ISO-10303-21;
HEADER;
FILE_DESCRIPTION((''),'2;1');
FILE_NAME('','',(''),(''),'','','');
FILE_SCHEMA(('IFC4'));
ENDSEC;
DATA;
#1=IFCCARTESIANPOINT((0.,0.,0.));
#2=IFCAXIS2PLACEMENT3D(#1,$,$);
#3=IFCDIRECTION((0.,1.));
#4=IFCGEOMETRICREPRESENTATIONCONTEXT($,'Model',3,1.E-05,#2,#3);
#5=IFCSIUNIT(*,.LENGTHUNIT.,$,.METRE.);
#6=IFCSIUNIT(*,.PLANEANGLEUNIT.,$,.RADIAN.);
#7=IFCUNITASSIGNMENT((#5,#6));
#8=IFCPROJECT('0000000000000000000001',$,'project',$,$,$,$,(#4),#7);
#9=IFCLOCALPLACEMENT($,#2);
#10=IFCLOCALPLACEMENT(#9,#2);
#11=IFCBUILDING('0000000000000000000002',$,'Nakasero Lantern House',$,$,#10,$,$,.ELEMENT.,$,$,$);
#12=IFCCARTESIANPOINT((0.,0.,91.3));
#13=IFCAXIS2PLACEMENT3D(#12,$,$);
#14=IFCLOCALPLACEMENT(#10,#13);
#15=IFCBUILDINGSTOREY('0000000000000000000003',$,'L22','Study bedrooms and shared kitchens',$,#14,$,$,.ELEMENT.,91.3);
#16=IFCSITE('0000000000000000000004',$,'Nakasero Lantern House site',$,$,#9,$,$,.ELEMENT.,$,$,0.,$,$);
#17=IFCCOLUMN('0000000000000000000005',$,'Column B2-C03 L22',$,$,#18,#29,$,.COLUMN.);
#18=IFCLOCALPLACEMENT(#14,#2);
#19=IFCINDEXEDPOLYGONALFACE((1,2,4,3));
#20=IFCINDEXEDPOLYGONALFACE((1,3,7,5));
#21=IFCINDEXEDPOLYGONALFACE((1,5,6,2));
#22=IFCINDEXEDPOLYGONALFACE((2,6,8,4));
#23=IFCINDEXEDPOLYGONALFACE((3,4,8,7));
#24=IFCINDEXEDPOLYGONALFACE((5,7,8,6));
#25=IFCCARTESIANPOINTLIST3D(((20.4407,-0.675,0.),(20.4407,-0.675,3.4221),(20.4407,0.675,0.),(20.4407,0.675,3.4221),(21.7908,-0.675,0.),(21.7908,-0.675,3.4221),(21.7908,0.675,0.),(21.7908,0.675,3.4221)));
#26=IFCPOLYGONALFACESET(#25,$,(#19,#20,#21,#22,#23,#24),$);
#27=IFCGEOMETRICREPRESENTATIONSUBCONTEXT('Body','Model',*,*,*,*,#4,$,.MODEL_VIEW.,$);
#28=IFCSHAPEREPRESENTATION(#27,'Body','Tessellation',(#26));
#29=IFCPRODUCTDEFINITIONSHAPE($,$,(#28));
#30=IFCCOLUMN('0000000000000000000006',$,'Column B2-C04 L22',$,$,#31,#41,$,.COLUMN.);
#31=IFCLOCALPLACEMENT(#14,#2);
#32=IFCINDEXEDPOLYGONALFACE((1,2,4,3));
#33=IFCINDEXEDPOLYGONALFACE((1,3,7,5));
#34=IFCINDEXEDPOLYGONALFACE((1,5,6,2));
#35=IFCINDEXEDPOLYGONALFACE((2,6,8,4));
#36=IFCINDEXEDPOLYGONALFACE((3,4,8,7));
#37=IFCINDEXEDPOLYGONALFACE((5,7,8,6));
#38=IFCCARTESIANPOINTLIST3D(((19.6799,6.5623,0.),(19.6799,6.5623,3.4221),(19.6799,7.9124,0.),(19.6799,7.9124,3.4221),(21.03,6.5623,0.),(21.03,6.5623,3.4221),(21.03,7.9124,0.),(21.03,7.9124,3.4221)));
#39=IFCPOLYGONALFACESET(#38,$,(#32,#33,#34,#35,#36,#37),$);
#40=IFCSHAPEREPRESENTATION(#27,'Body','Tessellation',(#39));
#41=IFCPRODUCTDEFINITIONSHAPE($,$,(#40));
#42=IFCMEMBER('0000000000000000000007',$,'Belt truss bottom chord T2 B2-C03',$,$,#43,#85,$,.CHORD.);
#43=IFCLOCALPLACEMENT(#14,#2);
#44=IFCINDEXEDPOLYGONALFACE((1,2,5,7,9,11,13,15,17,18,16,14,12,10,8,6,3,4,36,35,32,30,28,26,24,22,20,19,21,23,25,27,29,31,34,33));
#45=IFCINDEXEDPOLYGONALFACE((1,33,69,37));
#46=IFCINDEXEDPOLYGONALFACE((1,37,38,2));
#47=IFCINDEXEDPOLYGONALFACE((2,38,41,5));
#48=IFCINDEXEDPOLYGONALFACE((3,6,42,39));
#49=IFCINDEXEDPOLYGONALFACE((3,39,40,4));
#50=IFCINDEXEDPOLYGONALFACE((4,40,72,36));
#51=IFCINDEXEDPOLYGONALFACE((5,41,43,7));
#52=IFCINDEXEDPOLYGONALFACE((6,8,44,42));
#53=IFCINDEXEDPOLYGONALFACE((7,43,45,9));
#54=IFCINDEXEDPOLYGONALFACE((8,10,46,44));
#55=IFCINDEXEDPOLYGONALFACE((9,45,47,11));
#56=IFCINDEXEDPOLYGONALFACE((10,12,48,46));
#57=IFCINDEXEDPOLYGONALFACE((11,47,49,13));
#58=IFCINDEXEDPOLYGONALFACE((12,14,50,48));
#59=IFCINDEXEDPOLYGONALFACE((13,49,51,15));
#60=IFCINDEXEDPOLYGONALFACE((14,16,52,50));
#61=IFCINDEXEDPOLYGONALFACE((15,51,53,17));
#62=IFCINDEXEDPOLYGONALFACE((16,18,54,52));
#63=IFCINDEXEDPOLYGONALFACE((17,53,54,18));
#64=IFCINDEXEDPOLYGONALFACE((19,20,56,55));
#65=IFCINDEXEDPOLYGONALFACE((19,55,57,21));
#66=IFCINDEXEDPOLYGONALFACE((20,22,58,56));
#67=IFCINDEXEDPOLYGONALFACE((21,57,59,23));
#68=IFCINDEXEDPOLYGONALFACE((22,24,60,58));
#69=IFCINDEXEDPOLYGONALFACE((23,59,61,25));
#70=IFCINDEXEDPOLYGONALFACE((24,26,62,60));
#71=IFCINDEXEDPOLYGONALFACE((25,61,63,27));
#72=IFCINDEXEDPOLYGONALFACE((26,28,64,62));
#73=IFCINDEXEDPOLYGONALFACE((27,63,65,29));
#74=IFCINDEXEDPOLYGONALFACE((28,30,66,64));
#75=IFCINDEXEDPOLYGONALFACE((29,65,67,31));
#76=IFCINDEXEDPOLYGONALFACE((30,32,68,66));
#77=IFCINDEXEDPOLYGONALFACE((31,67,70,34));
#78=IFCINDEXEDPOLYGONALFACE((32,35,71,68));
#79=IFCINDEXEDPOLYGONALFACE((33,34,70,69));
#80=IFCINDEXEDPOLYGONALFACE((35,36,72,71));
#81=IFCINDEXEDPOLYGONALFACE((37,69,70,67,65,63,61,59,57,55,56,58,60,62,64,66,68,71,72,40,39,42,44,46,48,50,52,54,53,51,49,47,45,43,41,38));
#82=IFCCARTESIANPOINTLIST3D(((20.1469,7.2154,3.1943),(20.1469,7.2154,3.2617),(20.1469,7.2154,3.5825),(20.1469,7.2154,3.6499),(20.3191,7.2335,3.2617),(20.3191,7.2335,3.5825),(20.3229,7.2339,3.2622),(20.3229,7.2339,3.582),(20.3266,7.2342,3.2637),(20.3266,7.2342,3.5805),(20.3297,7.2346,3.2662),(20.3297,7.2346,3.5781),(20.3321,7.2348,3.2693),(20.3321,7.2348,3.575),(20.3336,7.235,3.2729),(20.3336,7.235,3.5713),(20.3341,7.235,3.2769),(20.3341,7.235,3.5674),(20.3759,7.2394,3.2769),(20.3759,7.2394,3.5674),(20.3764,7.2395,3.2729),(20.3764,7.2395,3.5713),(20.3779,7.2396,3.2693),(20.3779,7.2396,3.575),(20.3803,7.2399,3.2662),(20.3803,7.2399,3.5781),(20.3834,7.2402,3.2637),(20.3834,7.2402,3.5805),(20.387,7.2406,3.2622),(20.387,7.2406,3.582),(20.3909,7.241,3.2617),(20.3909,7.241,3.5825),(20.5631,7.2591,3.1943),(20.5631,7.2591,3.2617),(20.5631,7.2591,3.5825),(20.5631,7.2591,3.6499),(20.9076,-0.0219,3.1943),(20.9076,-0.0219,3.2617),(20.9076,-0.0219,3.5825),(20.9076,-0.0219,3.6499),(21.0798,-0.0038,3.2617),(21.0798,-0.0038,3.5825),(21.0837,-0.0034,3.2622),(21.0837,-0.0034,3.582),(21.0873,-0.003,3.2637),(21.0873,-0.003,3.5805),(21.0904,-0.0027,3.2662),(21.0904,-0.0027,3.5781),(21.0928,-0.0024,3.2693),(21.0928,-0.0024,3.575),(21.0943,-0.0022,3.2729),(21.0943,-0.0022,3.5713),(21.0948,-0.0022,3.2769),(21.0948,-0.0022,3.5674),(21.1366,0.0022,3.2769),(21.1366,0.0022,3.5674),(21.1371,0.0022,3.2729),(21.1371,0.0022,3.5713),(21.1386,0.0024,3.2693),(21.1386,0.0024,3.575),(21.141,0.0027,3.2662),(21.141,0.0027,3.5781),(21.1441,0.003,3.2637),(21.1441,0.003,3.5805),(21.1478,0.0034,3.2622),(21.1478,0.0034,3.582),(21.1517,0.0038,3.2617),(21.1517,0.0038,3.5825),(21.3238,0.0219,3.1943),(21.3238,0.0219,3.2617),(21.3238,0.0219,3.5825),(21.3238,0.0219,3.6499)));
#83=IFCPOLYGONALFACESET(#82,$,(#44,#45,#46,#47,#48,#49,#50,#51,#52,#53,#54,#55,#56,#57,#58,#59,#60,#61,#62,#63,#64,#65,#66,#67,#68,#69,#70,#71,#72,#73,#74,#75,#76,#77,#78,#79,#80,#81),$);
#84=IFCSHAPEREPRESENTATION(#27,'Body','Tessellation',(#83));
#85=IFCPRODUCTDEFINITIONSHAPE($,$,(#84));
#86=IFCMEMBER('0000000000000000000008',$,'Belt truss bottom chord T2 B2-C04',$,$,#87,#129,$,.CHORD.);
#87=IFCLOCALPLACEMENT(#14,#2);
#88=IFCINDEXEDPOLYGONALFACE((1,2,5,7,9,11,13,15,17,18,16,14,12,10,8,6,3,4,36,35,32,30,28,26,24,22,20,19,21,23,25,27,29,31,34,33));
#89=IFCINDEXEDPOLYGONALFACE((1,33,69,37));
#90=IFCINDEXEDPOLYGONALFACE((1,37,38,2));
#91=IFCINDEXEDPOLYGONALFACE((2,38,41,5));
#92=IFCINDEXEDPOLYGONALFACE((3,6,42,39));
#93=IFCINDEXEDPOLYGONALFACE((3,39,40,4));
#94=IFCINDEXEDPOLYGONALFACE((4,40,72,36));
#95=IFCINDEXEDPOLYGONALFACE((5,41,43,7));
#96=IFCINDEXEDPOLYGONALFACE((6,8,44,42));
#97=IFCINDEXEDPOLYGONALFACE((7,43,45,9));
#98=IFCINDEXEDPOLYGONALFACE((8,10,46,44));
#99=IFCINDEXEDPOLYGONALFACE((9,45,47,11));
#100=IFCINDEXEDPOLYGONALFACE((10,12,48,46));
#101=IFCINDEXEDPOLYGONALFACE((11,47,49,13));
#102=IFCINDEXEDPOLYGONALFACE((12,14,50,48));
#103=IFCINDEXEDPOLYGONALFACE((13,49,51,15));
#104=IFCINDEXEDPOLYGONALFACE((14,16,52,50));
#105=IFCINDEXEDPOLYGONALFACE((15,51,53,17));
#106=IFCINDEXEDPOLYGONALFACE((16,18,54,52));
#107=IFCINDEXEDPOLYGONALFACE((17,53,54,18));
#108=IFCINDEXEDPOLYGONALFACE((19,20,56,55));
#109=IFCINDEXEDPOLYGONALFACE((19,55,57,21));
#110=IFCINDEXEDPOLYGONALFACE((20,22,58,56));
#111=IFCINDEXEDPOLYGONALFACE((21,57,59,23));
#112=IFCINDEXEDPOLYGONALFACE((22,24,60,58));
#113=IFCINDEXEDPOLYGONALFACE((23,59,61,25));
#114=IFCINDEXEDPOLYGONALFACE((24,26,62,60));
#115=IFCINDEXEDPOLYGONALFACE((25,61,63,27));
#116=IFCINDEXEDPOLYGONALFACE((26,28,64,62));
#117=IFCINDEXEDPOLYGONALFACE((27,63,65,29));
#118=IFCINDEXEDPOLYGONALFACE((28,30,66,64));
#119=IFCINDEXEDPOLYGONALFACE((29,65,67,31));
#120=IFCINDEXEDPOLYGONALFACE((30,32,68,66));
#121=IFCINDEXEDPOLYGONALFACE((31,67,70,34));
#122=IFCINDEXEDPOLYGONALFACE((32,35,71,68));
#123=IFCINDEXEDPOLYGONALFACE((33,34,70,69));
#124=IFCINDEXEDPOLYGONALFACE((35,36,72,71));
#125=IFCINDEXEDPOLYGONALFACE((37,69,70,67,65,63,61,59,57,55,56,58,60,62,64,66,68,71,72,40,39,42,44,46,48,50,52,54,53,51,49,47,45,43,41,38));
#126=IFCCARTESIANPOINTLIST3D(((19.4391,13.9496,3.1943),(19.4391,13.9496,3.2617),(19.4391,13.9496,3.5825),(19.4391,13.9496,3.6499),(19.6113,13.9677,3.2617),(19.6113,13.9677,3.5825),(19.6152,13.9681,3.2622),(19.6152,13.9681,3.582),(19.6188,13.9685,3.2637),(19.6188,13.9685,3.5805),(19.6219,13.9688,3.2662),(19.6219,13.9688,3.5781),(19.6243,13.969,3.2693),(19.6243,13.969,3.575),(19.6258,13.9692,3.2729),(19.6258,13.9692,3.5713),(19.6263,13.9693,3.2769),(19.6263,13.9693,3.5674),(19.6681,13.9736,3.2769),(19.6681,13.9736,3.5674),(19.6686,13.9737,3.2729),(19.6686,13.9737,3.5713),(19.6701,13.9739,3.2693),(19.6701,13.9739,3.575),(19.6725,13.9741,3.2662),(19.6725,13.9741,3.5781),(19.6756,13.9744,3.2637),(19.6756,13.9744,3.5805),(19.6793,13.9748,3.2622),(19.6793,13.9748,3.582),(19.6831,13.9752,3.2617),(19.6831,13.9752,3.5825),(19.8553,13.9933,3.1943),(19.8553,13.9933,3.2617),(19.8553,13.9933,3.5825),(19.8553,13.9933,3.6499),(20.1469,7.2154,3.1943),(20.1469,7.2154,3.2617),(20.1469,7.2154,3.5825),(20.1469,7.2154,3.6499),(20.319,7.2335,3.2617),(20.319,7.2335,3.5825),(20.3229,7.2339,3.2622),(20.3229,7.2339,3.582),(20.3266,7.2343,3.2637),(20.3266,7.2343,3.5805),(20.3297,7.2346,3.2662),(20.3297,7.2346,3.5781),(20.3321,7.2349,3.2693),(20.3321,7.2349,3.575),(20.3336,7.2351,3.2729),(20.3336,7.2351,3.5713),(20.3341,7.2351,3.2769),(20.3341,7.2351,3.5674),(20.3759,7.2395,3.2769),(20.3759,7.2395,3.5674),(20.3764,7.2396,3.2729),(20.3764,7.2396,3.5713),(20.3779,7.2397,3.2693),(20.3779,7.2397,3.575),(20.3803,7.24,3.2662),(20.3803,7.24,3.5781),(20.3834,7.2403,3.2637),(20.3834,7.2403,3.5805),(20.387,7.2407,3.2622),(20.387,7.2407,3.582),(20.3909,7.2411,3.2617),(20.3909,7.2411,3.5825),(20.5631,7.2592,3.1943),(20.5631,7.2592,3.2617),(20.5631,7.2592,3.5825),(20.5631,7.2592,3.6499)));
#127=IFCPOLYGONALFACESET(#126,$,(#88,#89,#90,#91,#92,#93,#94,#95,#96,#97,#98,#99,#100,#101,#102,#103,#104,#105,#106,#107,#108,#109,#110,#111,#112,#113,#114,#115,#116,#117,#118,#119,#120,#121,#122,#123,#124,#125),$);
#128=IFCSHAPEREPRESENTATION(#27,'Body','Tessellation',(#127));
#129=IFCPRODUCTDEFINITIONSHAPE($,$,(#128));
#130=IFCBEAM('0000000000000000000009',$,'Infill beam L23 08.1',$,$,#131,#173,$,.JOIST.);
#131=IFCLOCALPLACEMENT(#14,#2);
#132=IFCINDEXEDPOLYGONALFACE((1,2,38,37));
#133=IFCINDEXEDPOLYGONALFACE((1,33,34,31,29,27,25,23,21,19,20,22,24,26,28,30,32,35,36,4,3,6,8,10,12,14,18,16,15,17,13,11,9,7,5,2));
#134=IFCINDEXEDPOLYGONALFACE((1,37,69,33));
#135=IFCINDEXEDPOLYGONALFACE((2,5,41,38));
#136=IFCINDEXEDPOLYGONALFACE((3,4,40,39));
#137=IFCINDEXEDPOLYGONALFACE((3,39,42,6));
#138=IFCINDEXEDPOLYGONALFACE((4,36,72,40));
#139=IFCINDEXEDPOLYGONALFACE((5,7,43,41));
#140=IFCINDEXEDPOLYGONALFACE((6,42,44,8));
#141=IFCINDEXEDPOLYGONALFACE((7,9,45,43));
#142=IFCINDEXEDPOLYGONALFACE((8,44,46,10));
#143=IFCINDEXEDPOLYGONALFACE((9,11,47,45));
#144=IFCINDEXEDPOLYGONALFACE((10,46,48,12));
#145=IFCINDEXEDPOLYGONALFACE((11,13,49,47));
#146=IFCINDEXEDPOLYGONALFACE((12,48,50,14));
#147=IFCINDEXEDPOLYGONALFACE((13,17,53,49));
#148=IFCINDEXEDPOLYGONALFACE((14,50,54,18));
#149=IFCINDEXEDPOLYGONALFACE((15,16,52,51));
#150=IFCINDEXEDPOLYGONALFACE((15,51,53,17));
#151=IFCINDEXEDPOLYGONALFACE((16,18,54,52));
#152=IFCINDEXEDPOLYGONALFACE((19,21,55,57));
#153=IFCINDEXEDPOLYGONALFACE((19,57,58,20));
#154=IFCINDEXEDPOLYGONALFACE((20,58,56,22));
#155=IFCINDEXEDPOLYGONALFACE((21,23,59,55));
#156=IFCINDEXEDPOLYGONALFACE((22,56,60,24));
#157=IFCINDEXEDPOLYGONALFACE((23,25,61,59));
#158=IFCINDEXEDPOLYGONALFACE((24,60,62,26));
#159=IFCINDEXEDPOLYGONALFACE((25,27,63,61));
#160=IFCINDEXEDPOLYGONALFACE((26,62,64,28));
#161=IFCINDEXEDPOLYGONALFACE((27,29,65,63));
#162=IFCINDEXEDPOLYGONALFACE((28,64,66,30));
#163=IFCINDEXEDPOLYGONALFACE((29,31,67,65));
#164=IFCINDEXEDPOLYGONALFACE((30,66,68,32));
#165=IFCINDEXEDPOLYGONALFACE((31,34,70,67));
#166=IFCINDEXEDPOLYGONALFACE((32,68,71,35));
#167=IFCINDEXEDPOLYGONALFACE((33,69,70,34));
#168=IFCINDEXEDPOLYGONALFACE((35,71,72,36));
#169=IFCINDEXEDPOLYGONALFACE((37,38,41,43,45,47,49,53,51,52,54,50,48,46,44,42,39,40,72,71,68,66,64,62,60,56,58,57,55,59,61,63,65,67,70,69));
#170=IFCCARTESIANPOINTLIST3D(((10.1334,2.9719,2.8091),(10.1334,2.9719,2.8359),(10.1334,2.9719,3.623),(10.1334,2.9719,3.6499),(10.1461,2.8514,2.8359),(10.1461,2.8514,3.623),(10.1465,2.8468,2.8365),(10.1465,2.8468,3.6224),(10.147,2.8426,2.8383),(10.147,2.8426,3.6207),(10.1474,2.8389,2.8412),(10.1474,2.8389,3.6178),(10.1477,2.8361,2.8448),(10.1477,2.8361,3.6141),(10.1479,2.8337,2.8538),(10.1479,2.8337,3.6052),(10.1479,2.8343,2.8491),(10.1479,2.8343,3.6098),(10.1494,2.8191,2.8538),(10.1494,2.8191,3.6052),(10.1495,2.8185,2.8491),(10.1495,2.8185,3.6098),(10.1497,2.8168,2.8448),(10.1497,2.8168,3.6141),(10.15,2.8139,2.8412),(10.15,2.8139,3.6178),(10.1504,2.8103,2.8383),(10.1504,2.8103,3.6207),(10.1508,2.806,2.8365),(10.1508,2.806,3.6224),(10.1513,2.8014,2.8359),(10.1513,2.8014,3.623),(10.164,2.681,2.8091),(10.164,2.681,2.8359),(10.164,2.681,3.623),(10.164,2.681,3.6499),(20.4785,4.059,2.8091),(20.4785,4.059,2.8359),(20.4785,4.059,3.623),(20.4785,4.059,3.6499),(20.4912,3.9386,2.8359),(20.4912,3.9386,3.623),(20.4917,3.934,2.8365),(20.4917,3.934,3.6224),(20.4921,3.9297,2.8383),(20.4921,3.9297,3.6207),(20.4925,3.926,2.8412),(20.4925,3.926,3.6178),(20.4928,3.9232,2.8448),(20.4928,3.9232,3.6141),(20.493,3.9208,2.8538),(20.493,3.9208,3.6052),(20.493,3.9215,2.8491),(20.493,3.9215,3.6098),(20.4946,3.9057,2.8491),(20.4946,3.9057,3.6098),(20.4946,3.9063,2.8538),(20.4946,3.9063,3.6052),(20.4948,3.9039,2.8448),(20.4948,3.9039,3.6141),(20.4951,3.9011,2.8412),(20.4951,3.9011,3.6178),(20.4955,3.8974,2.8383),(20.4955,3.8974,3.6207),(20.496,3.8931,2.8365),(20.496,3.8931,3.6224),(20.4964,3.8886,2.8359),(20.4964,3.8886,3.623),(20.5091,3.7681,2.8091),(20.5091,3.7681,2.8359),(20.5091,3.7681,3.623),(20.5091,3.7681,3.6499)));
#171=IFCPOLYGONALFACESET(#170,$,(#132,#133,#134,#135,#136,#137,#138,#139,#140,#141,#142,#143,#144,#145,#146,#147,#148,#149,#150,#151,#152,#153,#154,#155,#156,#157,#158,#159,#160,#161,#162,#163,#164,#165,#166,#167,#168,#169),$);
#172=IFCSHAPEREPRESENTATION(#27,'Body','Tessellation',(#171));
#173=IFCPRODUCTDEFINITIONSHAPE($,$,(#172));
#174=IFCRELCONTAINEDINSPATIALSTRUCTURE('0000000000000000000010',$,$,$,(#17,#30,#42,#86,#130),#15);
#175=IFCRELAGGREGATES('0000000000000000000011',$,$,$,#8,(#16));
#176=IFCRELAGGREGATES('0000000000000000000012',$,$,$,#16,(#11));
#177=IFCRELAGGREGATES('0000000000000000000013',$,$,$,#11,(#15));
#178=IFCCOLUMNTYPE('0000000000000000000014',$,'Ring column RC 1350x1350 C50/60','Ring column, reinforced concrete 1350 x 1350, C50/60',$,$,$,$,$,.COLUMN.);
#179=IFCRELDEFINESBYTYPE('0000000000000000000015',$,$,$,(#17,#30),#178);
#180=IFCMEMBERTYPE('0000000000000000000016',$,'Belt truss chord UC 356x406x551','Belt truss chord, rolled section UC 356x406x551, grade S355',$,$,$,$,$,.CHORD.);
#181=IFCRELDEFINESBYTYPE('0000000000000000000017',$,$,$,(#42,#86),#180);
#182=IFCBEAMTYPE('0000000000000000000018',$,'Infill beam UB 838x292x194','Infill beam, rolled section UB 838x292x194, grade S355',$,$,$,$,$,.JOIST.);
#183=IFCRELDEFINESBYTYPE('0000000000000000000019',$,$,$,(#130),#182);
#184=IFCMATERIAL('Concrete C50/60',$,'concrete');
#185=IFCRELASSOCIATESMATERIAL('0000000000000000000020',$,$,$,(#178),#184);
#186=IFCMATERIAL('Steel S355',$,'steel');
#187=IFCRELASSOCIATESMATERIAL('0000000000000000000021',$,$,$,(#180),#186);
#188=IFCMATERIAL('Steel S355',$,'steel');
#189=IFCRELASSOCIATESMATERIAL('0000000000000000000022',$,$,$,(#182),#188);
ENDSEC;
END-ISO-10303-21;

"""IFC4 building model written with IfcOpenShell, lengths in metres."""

from ifc_helpers import new_model, si_unit, direction, frame, origin, origin_2d, place, context, subcontext, project, spatial, rectangle, i_section, extrude, material, material_profile, profile_set, type_object, element, save


model = new_model("IFC4")

# Units and contexts
model_context = context("Model", 3, precision=1e-05, world=origin(), true_north=direction((0.0, 1.0)))
body_context = subcontext(model_context, "Body", "Model", "MODEL_VIEW")
ifc_project = project(units=[si_unit("LENGTHUNIT", "METRE"), si_unit("PLANEANGLEUNIT", "RADIAN")], contexts=[model_context])

# Site, building, storey
site_placement = place(None, origin())
site = spatial("IfcSite", under=ifc_project, at=site_placement, Name="Nakasero Lantern House site", CompositionType="ELEMENT", RefElevation=0.0)
building_placement = place(site_placement, origin())
building = spatial("IfcBuilding", under=site, at=building_placement, Name="Nakasero Lantern House", CompositionType="ELEMENT")
storey_placement = place(building_placement, frame((0.0, 0.0, 91.3)))
storey = spatial("IfcBuildingStorey", under=building, at=storey_placement, Name="L22", Description="Study bedrooms and shared kitchens", CompositionType="ELEMENT", Elevation=91.3)

# Columns
ifc_material_1 = material(Name="Concrete C50/60", Category="concrete")
ifc_material_profile_1 = material_profile(ifc_material_1, rectangle(XDim=1.3501, YDim=1.3501, at=origin_2d()), Name="RC 1350x1350")
ifc_profile_set_1 = profile_set([ifc_material_profile_1], Name="Concrete C50/60")
column_type = type_object("IfcColumnType", Name="Ring column RC 1350x1350 C50/60", Description="Ring column, reinforced concrete 1350 x 1350, C50/60", PredefinedType="COLUMN", material=ifc_profile_set_1)
for number, where, z_axis, x_axis, name in (
    (1, (21.1157, 0.0, 0.0), (0.0, 0.0, 1.0), (1.0, 0.0, 0.0), "Column B2-C03 L22"),
    (2, (20.355, 7.2373, 0.0), (0.0, 0.0, 1.0), (1.0, 0.0, 0.0), "Column B2-C04 L22"),
):
    element("IfcColumn", number, at=place(storey_placement, frame(where, z_axis=z_axis, x_axis=x_axis)), inside=storey, type_object=column_type, Name=name, PredefinedType="COLUMN", context=body_context, shape_type="SweptSolid", body=[
        extrude(rectangle(XDim=1.3501, YDim=1.3501, at=origin_2d()), origin(), (0.0, 0.0, 1.0), 3.4221),
    ])

# Members
ifc_material_2 = material(Name="Steel S355", Category="steel")
ifc_material_profile_2 = material_profile(ifc_material_2, i_section(OverallWidth=0.4185, OverallDepth=0.4556, WebThickness=0.042, FlangeThickness=0.0674, FilletRadius=0.0151, at=origin_2d()), Name="UC 356x406x551")
ifc_profile_set_2 = profile_set([ifc_material_profile_2], Name="Steel S355")
member_type = type_object("IfcMemberType", Name="Belt truss chord UC 356x406x551", Description="Belt truss chord, rolled section UC 356x406x551, grade S355", PredefinedType="CHORD", material=ifc_profile_set_2)
member_1_placement = place(storey_placement, frame((21.1157, 0.0, 3.4221), z_axis=(-0.104538, 0.994521, 0.0), x_axis=(-0.994521, -0.104538, 0.0)))
element("IfcMember", 3, at=member_1_placement, inside=storey, type_object=member_type, Name="Belt truss bottom chord T2 B2-C03", PredefinedType="CHORD", context=body_context, shape_type="SweptSolid", body=[
    extrude(i_section(OverallWidth=0.4185, OverallDepth=0.4556, WebThickness=0.042, FlangeThickness=0.0674, FilletRadius=0.0151, at=origin_2d()), origin(), (0.0, 0.0, 1.0), 7.2771),
])
member_2_placement = place(storey_placement, frame((20.355, 7.2373, 3.4221), z_axis=(-0.104525, 0.994522, 0.0), x_axis=(-0.994522, -0.104525, 0.0)))
element("IfcMember", 4, at=member_2_placement, inside=storey, type_object=member_type, Name="Belt truss bottom chord T2 B2-C04", PredefinedType="CHORD", context=body_context, shape_type="SweptSolid", body=[
    extrude(i_section(OverallWidth=0.4185, OverallDepth=0.4556, WebThickness=0.042, FlangeThickness=0.0674, FilletRadius=0.0151, at=origin_2d()), origin(), (0.0, 0.0, 1.0), 6.7712),
])

# Beam
ifc_material_3 = material(Name="Steel S355", Category="steel")
ifc_material_profile_3 = material_profile(ifc_material_3, i_section(OverallWidth=0.2925, OverallDepth=0.8408, WebThickness=0.0146, FlangeThickness=0.0269, FilletRadius=0.0178, at=origin_2d()), Name="UB 838x292x194")
ifc_profile_set_3 = profile_set([ifc_material_profile_3], Name="Steel S355")
beam_type_1 = type_object("IfcBeamType", Name="Infill beam UB 838x292x194", Description="Infill beam, rolled section UB 838x292x194, grade S355", PredefinedType="JOIST", material=ifc_profile_set_3)
beam_1_placement = place(storey_placement, frame((10.1487, 2.8264, 3.2295), z_axis=(0.994524, 0.104513, 0.0), x_axis=(-0.104513, 0.994524, 0.0)))
element("IfcBeam", 5, at=beam_1_placement, inside=storey, type_object=beam_type_1, Name="Infill beam L23 08.1", PredefinedType="JOIST", context=body_context, shape_type="SweptSolid", body=[
    extrude(i_section(OverallWidth=0.2925, OverallDepth=0.8408, WebThickness=0.0146, FlangeThickness=0.0269, FilletRadius=0.0178, at=origin_2d()), origin(), (0.0, 0.0, 1.0), 10.4021),
])

save(model, "model.ifc")
